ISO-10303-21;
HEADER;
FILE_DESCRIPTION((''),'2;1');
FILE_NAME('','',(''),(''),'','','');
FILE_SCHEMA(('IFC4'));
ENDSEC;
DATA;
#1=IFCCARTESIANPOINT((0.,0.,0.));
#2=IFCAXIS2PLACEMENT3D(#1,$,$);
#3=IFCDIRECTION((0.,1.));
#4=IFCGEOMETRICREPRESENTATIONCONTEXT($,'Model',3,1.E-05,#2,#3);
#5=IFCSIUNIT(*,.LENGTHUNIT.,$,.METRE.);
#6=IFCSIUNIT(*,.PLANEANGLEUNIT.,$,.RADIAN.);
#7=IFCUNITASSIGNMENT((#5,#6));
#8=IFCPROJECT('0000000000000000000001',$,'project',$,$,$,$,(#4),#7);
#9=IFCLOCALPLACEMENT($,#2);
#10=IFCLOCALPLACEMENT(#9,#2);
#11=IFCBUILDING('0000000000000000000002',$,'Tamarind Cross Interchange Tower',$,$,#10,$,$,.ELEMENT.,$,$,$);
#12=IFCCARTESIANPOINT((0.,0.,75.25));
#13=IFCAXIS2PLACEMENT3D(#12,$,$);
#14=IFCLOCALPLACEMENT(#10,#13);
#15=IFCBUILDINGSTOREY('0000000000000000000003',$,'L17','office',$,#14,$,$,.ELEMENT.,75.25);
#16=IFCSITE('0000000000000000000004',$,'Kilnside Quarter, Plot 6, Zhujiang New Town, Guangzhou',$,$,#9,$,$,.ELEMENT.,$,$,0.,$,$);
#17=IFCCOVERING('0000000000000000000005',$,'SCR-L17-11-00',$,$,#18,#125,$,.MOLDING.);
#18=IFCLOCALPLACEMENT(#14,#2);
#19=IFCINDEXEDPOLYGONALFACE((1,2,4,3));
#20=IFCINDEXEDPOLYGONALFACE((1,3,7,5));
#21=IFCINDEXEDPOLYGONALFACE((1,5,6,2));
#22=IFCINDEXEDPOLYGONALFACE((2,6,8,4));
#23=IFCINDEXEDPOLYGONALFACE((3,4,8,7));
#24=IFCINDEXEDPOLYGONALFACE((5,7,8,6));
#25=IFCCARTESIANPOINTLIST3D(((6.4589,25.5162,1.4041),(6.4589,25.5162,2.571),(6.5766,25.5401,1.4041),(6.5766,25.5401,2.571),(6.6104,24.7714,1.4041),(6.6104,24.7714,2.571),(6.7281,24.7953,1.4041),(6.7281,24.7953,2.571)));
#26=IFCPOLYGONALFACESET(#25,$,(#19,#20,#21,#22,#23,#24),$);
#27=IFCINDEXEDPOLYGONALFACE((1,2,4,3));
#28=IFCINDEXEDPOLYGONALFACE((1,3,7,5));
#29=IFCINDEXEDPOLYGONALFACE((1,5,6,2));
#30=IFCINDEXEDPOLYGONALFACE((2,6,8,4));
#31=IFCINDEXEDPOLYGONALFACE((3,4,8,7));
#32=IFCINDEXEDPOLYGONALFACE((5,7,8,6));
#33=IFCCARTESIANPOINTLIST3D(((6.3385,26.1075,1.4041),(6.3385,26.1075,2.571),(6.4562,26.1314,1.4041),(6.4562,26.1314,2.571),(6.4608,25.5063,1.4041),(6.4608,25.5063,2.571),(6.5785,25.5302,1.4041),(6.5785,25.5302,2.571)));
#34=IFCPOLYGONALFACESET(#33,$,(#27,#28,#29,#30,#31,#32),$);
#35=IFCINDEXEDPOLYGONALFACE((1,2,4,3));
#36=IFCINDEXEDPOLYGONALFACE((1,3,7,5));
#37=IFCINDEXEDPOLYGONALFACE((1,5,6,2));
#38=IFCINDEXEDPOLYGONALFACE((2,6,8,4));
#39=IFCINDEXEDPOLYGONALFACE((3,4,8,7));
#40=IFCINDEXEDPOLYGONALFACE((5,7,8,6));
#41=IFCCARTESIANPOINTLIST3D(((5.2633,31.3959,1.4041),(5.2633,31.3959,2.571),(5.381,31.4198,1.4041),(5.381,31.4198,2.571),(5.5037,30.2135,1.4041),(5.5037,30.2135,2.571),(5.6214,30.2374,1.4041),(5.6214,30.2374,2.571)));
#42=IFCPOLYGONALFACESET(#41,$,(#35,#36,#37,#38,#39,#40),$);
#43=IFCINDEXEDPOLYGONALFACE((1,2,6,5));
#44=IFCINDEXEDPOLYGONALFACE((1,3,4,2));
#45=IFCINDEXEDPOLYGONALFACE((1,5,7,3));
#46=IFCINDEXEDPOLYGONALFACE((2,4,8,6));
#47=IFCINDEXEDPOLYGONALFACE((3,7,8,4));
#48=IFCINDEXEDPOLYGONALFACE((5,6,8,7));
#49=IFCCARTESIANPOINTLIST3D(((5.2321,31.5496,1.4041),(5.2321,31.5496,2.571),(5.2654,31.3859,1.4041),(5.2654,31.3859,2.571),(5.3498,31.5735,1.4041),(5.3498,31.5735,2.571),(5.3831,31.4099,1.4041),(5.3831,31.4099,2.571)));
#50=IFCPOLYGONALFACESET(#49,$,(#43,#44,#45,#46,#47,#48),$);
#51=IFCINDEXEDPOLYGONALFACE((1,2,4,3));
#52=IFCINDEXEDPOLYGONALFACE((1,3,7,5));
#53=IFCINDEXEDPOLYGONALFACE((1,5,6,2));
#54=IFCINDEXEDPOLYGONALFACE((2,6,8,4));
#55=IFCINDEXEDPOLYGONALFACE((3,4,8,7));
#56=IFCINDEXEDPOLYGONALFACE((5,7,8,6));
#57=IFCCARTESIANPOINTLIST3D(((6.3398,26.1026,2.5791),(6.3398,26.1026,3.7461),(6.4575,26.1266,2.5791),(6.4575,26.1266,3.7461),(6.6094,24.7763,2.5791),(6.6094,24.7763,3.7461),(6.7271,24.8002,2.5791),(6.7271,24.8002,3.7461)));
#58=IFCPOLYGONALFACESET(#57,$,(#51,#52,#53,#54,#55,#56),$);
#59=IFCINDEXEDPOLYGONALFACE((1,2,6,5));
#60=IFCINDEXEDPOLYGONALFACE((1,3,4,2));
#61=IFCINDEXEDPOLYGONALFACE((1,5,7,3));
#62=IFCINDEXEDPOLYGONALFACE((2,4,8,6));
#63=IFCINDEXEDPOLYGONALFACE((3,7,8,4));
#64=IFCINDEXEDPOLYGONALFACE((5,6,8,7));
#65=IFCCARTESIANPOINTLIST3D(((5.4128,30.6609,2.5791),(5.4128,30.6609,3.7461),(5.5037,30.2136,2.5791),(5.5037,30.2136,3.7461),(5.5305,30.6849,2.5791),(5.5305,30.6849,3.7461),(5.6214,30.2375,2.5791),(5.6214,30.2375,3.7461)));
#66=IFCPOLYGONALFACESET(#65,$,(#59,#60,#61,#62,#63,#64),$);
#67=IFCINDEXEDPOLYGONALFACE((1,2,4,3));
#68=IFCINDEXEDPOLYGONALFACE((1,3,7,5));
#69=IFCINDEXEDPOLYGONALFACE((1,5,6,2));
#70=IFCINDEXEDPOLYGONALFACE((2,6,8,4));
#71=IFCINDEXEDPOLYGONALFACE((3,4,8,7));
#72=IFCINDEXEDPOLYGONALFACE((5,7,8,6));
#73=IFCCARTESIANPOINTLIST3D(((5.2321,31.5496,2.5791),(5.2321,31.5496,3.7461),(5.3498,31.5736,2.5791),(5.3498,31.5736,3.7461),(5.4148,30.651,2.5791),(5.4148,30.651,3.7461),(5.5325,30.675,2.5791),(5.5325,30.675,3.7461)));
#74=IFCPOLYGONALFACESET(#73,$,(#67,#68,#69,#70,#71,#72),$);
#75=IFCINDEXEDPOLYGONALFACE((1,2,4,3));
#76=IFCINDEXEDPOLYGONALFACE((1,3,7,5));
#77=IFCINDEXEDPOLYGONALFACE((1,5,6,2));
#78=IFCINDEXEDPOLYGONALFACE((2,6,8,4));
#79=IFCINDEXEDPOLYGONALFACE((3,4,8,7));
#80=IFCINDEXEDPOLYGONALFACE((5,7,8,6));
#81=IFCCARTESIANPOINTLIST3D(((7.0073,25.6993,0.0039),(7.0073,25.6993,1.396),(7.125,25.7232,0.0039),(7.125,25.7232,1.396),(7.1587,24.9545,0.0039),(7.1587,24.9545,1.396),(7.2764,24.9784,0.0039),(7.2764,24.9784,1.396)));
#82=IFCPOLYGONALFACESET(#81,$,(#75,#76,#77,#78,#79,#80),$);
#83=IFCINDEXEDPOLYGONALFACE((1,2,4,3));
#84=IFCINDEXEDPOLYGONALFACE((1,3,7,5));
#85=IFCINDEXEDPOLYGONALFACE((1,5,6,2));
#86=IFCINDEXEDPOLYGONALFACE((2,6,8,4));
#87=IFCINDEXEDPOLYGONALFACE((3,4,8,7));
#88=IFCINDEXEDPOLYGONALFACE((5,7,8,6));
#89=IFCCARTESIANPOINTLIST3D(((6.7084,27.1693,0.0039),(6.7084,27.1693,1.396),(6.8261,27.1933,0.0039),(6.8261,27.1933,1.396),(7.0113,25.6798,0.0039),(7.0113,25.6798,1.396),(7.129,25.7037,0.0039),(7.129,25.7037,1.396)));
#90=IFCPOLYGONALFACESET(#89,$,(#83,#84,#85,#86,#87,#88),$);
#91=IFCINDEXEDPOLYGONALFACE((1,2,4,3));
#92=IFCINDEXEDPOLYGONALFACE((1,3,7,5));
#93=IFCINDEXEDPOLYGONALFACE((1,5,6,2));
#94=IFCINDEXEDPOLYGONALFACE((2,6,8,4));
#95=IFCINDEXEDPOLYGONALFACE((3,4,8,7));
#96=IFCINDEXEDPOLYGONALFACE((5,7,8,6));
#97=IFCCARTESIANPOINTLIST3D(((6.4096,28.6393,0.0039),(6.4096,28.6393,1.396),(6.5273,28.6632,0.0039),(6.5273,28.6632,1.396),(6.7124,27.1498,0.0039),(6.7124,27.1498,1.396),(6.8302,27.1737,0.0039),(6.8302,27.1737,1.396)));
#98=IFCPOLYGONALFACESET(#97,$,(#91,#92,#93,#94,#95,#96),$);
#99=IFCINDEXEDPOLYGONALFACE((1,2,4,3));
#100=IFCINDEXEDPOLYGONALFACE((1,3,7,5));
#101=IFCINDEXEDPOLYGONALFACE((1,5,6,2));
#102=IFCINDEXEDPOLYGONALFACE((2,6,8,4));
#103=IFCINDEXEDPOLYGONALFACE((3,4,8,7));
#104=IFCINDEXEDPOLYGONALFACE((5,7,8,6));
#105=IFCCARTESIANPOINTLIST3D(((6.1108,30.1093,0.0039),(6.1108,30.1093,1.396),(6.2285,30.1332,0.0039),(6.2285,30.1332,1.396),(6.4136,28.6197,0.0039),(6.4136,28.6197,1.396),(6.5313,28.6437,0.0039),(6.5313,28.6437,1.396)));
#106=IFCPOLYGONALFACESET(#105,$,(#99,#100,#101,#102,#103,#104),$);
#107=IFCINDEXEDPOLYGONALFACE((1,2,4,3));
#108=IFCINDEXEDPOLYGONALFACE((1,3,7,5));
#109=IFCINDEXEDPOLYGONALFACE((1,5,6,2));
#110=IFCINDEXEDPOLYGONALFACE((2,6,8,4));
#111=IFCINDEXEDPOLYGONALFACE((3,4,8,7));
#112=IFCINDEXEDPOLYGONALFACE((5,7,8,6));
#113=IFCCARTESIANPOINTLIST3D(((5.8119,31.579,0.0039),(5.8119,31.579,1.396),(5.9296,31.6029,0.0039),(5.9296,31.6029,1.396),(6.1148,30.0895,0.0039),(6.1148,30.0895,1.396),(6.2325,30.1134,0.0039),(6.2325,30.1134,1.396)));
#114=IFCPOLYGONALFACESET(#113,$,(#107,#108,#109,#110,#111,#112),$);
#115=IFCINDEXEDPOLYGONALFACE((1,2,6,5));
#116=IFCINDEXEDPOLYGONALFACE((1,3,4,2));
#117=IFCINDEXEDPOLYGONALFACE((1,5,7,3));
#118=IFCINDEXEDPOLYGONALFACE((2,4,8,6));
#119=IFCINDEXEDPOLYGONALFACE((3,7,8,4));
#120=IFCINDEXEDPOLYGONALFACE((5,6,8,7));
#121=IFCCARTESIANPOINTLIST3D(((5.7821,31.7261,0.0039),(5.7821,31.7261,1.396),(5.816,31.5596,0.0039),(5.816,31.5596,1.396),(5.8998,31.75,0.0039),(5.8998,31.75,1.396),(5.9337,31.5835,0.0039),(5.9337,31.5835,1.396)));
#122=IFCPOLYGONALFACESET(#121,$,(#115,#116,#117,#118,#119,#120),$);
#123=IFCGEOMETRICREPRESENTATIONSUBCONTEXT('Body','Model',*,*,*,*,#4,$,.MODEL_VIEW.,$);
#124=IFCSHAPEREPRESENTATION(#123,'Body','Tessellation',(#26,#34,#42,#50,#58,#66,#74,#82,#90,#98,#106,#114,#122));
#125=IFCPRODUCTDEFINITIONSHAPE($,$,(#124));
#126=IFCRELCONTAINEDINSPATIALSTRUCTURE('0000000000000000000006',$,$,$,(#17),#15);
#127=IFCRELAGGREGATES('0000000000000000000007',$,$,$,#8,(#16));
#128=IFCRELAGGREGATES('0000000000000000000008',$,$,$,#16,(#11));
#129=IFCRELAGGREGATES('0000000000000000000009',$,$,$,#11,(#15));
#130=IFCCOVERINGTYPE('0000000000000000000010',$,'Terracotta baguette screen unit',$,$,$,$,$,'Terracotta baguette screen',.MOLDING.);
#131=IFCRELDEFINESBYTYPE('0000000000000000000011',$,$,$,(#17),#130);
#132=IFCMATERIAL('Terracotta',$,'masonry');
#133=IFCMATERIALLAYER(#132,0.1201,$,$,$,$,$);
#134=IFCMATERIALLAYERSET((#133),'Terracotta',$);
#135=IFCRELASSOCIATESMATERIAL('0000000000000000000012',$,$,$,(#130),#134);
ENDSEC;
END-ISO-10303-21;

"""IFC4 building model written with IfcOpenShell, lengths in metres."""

from ifc_helpers import new_model, si_unit, direction, frame, origin, origin_2d, place, context, subcontext, project, spatial, rectangle, extrude, material, layer, layer_set, type_object, element, save


model = new_model("IFC4")

# Units and contexts
model_context = context("Model", 3, precision=1e-05, world=origin(), true_north=direction((0.0, 1.0)))
body_context = subcontext(model_context, "Body", "Model", "MODEL_VIEW")
ifc_project = project(units=[si_unit("LENGTHUNIT", "METRE"), si_unit("PLANEANGLEUNIT", "RADIAN")], contexts=[model_context])

# Site, building, storey
site_placement = place(None, origin())
site = spatial("IfcSite", under=ifc_project, at=site_placement, Name="Kilnside Quarter, Plot 6, Zhujiang New Town, Guangzhou", CompositionType="ELEMENT", RefElevation=0.0)
building_placement = place(site_placement, origin())
building = spatial("IfcBuilding", under=site, at=building_placement, Name="Tamarind Cross Interchange Tower", CompositionType="ELEMENT")
storey_placement = place(building_placement, frame((0.0, 0.0, 75.25)))
storey = spatial("IfcBuildingStorey", under=building, at=storey_placement, Name="L17", Description="office", CompositionType="ELEMENT", Elevation=75.25)

# Covering
ifc_material_1 = material(Name="Terracotta", Category="masonry")
ifc_layer_1 = layer(ifc_material_1, 0.1201)
ifc_layer_set_1 = layer_set([ifc_layer_1], Name="Terracotta")
covering_type = type_object("IfcCoveringType", Name="Terracotta baguette screen unit", ElementType="Terracotta baguette screen", PredefinedType="MOLDING", material=ifc_layer_set_1)
covering_1_placement = place(storey_placement, origin())
element("IfcCovering", 1, at=covering_1_placement, inside=storey, type_object=covering_type, Name="SCR-L17-11-00", PredefinedType="MOLDING", context=body_context, shape_type="SweptSolid", body=[
    extrude(rectangle(XDim=0.76, YDim=0.1201, at=origin_2d()), frame((6.5935, 25.1558, 1.4041), z_axis=(0.0, 0.0, 1.0), x_axis=(-0.199245, 0.97995, 0.0)), (0.0, 0.0, 1.0), 1.167),
    extrude(rectangle(XDim=0.6135, YDim=0.1201, at=origin_2d()), frame((6.4585, 25.8188, 1.4041), z_axis=(0.0, 0.0, 1.0), x_axis=(-0.199245, 0.97995, 0.0)), (0.0, 0.0, 1.0), 1.167),
    extrude(rectangle(XDim=1.2065, YDim=0.1201, at=origin_2d()), frame((5.4424, 30.8167, 1.4041), z_axis=(0.0, 0.0, 1.0), x_axis=(-0.199245, 0.97995, 0.0)), (0.0, 0.0, 1.0), 1.167),
    extrude(rectangle(XDim=0.167, YDim=0.1201, at=origin_2d()), frame((5.3076, 31.4797, 1.4041), z_axis=(0.0, 0.0, 1.0), x_axis=(-0.199245, 0.97995, 0.0)), (0.0, 0.0, 1.0), 1.167),
    extrude(rectangle(XDim=1.3535, YDim=0.1201, at=origin_2d()), frame((6.5334, 25.4514, 2.5791), z_axis=(0.0, 0.0, 1.0), x_axis=(-0.199245, 0.97995, 0.0)), (0.0, 0.0, 1.0), 1.167),
    extrude(rectangle(XDim=0.4565, YDim=0.1201, at=origin_2d()), frame((5.5171, 30.4492, 2.5791), z_axis=(0.0, 0.0, 1.0), x_axis=(-0.199245, 0.97995, 0.0)), (0.0, 0.0, 1.0), 1.167),
    extrude(rectangle(XDim=0.917, YDim=0.1201, at=origin_2d()), frame((5.3823, 31.1123, 2.5791), z_axis=(0.0, 0.0, 1.0), x_axis=(-0.199245, 0.97995, 0.0)), (0.0, 0.0, 1.0), 1.167),
    extrude(rectangle(XDim=0.76, YDim=0.1201, at=origin_2d()), frame((7.1418, 25.3389, 0.0039), z_axis=(0.0, 0.0, 1.0), x_axis=(-0.199245, 0.97995, 0.0)), (0.0, 0.0, 1.0), 1.3921),
    extrude(rectangle(XDim=1.52, YDim=0.1201, at=origin_2d()), frame((6.9187, 26.4365, 0.0039), z_axis=(0.0, 0.0, 1.0), x_axis=(-0.199245, 0.97995, 0.0)), (0.0, 0.0, 1.0), 1.3921),
    extrude(rectangle(XDim=1.52, YDim=0.1201, at=origin_2d()), frame((6.6199, 27.9065, 0.0039), z_axis=(0.0, 0.0, 1.0), x_axis=(-0.199245, 0.97995, 0.0)), (0.0, 0.0, 1.0), 1.3921),
    extrude(rectangle(XDim=1.52, YDim=0.1201, at=origin_2d()), frame((6.321, 29.3765, 0.0039), z_axis=(0.0, 0.0, 1.0), x_axis=(-0.199245, 0.97995, 0.0)), (0.0, 0.0, 1.0), 1.3921),
    extrude(rectangle(XDim=1.52, YDim=0.1201, at=origin_2d()), frame((6.0222, 30.8462, 0.0039), z_axis=(0.0, 0.0, 1.0), x_axis=(-0.199245, 0.97995, 0.0)), (0.0, 0.0, 1.0), 1.3921),
    extrude(rectangle(XDim=0.1699, YDim=0.1201, at=origin_2d()), frame((5.8579, 31.6548, 0.0039), z_axis=(0.0, 0.0, 1.0), x_axis=(-0.199245, 0.97995, 0.0)), (0.0, 0.0, 1.0), 1.3921),
])

save(model, "model.ifc")
